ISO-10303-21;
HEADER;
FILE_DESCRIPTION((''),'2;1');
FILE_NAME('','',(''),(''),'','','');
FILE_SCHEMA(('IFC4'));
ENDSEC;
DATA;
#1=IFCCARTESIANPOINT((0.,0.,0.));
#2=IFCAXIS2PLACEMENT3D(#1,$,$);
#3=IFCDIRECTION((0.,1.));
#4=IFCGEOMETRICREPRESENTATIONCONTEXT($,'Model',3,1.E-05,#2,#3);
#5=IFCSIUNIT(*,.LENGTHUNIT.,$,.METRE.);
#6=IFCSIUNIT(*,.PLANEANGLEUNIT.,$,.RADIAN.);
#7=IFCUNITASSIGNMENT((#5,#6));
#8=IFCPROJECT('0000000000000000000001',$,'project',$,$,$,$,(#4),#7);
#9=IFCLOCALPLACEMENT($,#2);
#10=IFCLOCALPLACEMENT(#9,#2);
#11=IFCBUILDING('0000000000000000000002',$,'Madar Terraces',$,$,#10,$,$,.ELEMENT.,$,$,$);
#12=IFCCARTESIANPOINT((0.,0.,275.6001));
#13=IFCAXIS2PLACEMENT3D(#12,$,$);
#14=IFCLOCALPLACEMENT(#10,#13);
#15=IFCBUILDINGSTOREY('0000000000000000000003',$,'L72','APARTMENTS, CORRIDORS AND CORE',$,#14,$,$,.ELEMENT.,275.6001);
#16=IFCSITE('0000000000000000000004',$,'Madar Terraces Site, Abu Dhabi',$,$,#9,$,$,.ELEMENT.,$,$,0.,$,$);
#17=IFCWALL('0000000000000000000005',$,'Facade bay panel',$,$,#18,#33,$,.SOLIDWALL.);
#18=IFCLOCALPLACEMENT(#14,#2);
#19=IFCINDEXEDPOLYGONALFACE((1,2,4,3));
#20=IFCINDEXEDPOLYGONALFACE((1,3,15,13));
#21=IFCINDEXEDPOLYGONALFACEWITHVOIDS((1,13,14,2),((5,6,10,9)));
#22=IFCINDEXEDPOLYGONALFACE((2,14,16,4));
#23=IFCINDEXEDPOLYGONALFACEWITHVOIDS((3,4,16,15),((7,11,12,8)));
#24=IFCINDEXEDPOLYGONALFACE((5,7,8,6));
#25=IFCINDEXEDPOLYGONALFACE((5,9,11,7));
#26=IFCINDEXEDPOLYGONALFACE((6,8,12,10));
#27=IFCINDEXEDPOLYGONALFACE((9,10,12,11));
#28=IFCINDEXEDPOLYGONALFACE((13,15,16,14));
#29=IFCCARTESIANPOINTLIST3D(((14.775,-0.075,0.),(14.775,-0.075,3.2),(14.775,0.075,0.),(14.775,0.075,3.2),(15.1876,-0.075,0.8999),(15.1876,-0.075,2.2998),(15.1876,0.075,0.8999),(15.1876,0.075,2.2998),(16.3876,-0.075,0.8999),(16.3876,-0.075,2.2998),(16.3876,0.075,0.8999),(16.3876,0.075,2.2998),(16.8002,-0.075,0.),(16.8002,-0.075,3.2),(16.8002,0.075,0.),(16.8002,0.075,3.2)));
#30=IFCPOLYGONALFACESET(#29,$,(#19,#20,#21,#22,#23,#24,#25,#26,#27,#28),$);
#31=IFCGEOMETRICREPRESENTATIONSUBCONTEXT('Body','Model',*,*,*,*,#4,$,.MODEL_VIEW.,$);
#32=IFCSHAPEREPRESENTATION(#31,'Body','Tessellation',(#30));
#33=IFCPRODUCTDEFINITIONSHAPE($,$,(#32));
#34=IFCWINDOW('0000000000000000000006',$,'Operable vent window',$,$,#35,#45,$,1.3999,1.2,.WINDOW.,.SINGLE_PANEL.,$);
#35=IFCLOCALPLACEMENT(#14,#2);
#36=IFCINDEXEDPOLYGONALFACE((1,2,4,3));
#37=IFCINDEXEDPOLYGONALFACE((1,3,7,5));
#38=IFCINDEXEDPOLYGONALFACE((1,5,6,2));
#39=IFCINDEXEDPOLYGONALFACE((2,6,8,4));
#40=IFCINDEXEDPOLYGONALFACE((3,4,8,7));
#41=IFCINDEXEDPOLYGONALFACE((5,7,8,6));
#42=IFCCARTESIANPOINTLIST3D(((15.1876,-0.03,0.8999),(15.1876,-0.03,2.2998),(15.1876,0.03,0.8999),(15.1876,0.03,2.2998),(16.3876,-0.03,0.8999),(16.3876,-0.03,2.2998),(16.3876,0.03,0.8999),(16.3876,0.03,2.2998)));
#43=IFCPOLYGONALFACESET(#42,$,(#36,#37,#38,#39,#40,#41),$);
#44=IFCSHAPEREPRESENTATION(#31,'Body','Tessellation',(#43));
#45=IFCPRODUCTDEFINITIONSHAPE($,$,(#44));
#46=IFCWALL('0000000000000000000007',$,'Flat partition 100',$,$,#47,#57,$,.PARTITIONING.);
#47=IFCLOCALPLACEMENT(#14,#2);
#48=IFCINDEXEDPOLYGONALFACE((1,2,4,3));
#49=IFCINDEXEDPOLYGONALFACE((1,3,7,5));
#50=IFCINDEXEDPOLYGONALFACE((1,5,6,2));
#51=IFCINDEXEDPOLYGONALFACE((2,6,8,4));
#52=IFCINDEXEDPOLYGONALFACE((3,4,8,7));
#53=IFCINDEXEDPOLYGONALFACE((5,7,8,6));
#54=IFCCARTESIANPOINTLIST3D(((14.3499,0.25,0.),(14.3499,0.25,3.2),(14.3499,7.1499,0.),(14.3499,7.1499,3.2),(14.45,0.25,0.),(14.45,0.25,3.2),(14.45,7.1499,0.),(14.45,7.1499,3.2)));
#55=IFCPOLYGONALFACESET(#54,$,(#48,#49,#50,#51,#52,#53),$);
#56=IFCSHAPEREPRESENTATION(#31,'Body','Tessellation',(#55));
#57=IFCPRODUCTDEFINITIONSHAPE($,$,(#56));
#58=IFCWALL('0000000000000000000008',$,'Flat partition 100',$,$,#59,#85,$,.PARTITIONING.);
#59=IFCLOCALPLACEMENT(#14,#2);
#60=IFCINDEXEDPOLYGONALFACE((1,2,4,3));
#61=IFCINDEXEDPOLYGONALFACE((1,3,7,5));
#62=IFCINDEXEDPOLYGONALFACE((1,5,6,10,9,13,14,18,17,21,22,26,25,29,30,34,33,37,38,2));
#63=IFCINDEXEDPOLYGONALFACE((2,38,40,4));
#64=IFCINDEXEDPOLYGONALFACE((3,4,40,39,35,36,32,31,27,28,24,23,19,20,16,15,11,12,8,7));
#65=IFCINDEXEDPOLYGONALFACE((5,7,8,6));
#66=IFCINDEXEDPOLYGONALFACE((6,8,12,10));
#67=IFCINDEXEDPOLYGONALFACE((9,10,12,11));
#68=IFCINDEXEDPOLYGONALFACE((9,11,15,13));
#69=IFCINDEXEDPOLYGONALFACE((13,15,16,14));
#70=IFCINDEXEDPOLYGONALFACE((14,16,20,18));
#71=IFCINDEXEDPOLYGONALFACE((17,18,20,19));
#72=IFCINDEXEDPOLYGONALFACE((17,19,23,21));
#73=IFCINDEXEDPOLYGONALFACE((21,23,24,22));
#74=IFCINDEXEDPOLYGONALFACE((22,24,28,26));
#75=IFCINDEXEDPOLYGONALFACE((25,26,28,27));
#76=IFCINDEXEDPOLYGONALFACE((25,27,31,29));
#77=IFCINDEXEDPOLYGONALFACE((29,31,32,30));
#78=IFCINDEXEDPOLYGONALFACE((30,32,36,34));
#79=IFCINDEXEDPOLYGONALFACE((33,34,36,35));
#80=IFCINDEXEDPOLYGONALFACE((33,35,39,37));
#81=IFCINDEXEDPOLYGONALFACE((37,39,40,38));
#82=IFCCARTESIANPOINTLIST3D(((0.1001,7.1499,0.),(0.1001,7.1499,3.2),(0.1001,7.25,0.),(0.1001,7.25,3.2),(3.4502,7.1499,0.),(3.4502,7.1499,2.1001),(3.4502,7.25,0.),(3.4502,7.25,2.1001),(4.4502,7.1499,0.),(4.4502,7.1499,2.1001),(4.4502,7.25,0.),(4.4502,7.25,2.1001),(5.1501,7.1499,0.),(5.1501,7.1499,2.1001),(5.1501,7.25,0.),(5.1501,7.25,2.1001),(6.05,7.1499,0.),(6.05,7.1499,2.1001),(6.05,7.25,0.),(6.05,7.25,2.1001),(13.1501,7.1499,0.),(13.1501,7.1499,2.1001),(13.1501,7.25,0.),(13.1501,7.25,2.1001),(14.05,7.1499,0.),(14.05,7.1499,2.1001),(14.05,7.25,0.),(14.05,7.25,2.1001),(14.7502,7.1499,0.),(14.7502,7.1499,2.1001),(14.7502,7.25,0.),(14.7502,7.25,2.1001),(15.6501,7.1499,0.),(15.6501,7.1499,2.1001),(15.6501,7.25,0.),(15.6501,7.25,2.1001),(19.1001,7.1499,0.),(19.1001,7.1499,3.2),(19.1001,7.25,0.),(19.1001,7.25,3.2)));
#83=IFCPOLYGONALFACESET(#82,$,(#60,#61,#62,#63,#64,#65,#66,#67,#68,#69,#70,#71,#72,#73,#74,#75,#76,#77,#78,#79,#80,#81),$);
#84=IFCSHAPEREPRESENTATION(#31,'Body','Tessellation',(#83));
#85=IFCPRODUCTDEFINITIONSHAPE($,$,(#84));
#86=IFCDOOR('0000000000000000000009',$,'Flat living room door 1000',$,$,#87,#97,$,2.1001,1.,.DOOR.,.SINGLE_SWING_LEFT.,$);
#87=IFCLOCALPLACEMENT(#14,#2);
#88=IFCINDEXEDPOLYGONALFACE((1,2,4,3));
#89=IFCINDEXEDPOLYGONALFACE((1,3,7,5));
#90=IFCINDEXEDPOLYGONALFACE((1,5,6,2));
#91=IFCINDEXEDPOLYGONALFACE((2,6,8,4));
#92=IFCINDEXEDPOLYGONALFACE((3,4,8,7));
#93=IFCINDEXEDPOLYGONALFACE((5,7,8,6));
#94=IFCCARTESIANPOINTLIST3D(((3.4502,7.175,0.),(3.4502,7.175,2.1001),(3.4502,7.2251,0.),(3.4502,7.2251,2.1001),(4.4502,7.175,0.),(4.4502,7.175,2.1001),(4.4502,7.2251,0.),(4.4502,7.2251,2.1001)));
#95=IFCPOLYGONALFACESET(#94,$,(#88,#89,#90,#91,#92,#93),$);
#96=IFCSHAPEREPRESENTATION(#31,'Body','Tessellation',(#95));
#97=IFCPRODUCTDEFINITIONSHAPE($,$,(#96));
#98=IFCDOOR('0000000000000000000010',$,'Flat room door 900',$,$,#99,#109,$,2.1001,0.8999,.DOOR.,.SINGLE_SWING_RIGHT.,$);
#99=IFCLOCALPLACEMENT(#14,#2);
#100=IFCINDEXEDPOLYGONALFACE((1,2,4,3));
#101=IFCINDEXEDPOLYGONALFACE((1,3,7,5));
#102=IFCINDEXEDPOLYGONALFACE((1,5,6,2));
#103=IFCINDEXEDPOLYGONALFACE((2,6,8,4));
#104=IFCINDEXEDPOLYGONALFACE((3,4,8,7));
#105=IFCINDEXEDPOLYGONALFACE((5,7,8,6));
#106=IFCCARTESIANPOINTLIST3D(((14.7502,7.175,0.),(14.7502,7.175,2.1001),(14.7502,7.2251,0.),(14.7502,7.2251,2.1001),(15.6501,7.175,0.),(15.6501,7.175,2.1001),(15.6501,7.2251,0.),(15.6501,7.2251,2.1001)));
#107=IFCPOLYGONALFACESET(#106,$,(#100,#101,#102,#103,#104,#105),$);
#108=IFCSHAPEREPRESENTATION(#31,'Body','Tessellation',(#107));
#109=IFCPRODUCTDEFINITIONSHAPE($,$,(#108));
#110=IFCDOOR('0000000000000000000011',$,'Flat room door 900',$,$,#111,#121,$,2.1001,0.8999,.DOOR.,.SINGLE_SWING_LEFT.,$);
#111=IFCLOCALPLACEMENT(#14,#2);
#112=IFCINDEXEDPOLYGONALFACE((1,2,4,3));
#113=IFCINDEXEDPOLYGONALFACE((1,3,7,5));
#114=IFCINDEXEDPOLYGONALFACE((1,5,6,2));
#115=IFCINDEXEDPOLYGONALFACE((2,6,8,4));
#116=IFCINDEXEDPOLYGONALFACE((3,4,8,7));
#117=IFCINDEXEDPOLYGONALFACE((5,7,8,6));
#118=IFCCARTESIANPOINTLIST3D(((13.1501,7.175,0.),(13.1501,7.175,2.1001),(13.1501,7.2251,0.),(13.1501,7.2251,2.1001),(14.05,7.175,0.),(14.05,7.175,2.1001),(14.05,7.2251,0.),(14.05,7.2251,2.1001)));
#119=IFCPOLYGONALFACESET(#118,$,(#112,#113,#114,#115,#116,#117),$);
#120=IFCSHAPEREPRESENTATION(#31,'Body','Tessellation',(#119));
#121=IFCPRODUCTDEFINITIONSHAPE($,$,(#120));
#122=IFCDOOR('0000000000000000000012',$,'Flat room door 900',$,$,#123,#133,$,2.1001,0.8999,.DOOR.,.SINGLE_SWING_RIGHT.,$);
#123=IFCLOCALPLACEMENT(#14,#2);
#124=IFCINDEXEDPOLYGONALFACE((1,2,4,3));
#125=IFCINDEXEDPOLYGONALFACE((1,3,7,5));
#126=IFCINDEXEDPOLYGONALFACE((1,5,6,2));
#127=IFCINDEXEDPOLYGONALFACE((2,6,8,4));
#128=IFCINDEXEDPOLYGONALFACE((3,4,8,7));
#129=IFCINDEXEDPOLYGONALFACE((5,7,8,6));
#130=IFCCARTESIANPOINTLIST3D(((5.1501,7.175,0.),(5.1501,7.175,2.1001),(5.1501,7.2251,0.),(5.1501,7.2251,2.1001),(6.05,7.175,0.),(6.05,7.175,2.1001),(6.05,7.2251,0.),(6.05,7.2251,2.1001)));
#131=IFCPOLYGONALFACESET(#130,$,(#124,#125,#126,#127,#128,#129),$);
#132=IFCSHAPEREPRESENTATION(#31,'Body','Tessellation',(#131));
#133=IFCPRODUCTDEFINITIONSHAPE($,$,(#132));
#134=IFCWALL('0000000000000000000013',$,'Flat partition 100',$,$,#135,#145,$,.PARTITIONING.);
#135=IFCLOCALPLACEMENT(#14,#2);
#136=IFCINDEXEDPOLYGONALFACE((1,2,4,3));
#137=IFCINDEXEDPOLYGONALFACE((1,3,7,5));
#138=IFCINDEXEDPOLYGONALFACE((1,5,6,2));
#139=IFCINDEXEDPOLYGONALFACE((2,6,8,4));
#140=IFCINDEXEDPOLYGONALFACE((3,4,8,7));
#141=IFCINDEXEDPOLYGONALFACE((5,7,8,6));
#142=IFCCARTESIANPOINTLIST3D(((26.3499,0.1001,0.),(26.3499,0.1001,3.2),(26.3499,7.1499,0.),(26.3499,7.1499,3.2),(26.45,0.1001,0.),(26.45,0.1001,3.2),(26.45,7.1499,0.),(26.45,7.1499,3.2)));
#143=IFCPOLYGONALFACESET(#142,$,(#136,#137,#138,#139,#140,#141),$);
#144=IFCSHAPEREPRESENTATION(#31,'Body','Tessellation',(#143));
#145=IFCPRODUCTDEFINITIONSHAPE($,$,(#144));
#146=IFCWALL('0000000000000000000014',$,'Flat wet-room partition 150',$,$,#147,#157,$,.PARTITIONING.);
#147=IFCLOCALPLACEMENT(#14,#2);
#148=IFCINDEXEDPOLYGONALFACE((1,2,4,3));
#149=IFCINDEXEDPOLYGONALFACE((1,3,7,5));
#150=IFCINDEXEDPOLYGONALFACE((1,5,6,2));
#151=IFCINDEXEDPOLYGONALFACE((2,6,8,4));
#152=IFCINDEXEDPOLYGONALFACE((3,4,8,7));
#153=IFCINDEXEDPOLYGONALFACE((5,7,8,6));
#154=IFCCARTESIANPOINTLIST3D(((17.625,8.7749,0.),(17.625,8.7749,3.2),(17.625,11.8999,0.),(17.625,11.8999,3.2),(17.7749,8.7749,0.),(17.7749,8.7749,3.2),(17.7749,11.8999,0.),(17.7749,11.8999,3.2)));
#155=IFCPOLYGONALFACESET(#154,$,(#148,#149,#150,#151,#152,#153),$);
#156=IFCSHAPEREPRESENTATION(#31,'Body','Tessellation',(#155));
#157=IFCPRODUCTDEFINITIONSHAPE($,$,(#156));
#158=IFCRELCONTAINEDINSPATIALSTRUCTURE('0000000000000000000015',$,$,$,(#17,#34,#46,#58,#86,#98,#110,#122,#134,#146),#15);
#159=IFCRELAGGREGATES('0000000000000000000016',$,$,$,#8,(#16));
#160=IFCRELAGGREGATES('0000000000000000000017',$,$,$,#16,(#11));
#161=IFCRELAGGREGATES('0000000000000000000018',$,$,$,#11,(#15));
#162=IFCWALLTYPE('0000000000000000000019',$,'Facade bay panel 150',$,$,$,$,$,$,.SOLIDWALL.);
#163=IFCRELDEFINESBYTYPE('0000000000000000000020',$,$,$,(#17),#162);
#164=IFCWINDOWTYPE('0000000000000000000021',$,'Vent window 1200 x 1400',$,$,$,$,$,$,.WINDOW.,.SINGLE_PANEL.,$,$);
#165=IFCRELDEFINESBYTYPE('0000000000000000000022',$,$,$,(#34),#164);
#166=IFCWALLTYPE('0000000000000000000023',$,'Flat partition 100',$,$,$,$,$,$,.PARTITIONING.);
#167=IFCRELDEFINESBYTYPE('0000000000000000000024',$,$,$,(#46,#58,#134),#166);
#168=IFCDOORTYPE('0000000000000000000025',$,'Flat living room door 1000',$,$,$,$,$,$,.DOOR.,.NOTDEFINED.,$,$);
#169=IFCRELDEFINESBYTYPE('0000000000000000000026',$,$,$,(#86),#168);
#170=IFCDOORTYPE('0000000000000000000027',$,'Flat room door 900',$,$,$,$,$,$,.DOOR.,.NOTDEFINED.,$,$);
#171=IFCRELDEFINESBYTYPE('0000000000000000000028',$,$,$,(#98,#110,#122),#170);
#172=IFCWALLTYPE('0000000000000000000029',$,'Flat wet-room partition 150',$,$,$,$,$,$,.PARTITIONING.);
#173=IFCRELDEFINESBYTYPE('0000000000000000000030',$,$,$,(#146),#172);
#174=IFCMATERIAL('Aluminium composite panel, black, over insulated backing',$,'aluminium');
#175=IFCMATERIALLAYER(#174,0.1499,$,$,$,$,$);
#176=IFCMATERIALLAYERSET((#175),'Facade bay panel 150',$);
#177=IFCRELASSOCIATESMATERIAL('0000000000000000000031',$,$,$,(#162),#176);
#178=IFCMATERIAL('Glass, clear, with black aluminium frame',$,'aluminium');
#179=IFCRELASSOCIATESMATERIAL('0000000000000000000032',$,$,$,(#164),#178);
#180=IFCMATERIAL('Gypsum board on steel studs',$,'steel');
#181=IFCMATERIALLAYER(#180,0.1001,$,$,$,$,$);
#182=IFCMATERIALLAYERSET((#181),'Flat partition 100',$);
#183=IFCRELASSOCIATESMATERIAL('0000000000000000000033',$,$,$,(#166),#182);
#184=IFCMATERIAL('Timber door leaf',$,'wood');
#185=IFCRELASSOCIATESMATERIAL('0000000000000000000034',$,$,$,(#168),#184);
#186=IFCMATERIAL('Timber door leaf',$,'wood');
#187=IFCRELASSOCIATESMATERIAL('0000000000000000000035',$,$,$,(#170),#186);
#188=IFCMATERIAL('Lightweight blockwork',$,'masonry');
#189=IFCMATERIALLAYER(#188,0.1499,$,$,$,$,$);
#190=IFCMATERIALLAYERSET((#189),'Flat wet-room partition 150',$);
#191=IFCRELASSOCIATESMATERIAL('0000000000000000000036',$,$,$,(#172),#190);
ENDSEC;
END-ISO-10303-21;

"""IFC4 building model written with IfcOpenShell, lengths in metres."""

from ifc_helpers import new_model, si_unit, direction, frame, frame_2d, origin, place, context, subcontext, project, spatial, rectangle, extrude, material, layer, layer_set, type_object, element, fill, save


model = new_model("IFC4")

# Units and contexts
model_context = context("Model", 3, precision=1e-05, world=origin(), true_north=direction((0.0, 1.0)))
body_context = subcontext(model_context, "Body", "Model", "MODEL_VIEW")
ifc_project = project(units=[si_unit("LENGTHUNIT", "METRE"), si_unit("PLANEANGLEUNIT", "RADIAN")], contexts=[model_context])

# Site, building, storey
site_placement = place(None, origin())
site = spatial("IfcSite", under=ifc_project, at=site_placement, Name="Madar Terraces Site, Abu Dhabi", CompositionType="ELEMENT", RefElevation=0.0)
building_placement = place(site_placement, origin())
building = spatial("IfcBuilding", under=site, at=building_placement, Name="Madar Terraces", CompositionType="ELEMENT")
storey_placement = place(building_placement, frame((0.0, 0.0, 275.6001)))
storey = spatial("IfcBuildingStorey", under=building, at=storey_placement, Name="L72", Description="APARTMENTS, CORRIDORS AND CORE", CompositionType="ELEMENT", Elevation=275.6001)

# Wall, opening, window
ifc_material_1 = material(Name="Aluminium composite panel, black, over insulated backing", Category="aluminium")
ifc_layer_1 = layer(ifc_material_1, 0.1499)
ifc_layer_set_1 = layer_set([ifc_layer_1], Name="Facade bay panel 150")
wall_type_1 = type_object("IfcWallType", Name="Facade bay panel 150", PredefinedType="SOLIDWALL", material=ifc_layer_set_1)
ifc_material_2 = material(Name="Glass, clear, with black aluminium frame", Category="aluminium")
window_type = type_object("IfcWindowType", Name="Vent window 1200 x 1400", PartitioningType="SINGLE_PANEL", PredefinedType="WINDOW", material=ifc_material_2)
wall_1_placement = place(storey_placement, frame((14.7749, 0.0, 0.0), z_axis=(0.0, 0.0, 1.0), x_axis=(1.0, 0.0, 0.0)))
wall_1 = element("IfcWall", 1, at=wall_1_placement, inside=storey, type_object=wall_type_1, Name="Facade bay panel", PredefinedType="SOLIDWALL", context=body_context, shape_type="SweptSolid", body=[
    extrude(rectangle(XDim=2.0251, YDim=0.1499, at=frame_2d((1.0127, 0.0))), origin(), (0.0, 0.0, 1.0), 3.2),
])
opening_1_placement = place(wall_1_placement, frame((0.4126, 0.0, 0.8999)))
opening_1 = element("IfcOpeningElement", 2, at=opening_1_placement, cuts=wall_1, PredefinedType="OPENING", context=body_context, shape_type="SweptSolid", body=[
    extrude(rectangle(XDim=1.2, YDim=1.3999, at=frame_2d((0.6001, 0.7))), frame((0.0, 0.085, 0.0), z_axis=(0.0, -1.0, 0.0), x_axis=(1.0, 0.0, 0.0)), (0.0, 0.0, 1.0), 0.1699),
])
window_1_placement = place(opening_1_placement, origin())
window_1 = element("IfcWindow", 3, at=window_1_placement, inside=storey, type_object=window_type, Name="Operable vent window", OverallHeight=1.3999, OverallWidth=1.2, PartitioningType="SINGLE_PANEL", PredefinedType="WINDOW", context=body_context, shape_type="SweptSolid", body=[
    extrude(rectangle(XDim=1.2, YDim=1.3999, at=frame_2d((0.6001, 0.7))), frame((0.0, 0.03, 0.0), z_axis=(0.0, -1.0, 0.0), x_axis=(1.0, 0.0, 0.0)), (0.0, 0.0, 1.0), 0.0601),
])
fill(opening_1, window_1)

# Wall
ifc_material_3 = material(Name="Gypsum board on steel studs", Category="steel")
ifc_layer_2 = layer(ifc_material_3, 0.1001)
ifc_layer_set_2 = layer_set([ifc_layer_2], Name="Flat partition 100")
wall_type_2 = type_object("IfcWallType", Name="Flat partition 100", PredefinedType="PARTITIONING", material=ifc_layer_set_2)
wall_2_placement = place(storey_placement, frame((14.3999, 7.1499, 0.0), z_axis=(0.0, 0.0, 1.0), x_axis=(0.0, -1.0, 0.0)))
element("IfcWall", 4, at=wall_2_placement, inside=storey, type_object=wall_type_2, Name="Flat partition 100", PredefinedType="PARTITIONING", context=body_context, shape_type="SweptSolid", body=[
    extrude(rectangle(XDim=6.8999, YDim=0.1001, at=frame_2d((3.45, 0.0))), origin(), (0.0, 0.0, 1.0), 3.2),
])

# Wall, openings, doors
wall_3_placement = place(storey_placement, frame((19.1001, 7.2, 0.0), z_axis=(0.0, 0.0, 1.0), x_axis=(-1.0, 0.0, 0.0)))
wall_3 = element("IfcWall", 5, at=wall_3_placement, inside=storey, type_object=wall_type_2, Name="Flat partition 100", PredefinedType="PARTITIONING", context=body_context, shape_type="SweptSolid", body=[
    extrude(rectangle(XDim=19.0, YDim=0.1001, at=frame_2d((9.5, 0.0))), origin(), (0.0, 0.0, 1.0), 3.2),
])
opening_2_placement = place(wall_3_placement, frame((3.45, 0.0, 0.0)))
opening_2 = element("IfcOpeningElement", 6, at=opening_2_placement, cuts=wall_3, PredefinedType="OPENING", context=body_context, shape_type="SweptSolid", body=[
    extrude(rectangle(XDim=0.8999, YDim=2.1001, at=frame_2d((0.45, 1.05))), frame((0.0, 0.0601, 0.0), z_axis=(0.0, -1.0, 0.0), x_axis=(1.0, 0.0, 0.0)), (0.0, 0.0, 1.0), 0.1201),
])
opening_3_placement = place(wall_3_placement, frame((5.05, 0.0, 0.0)))
opening_3 = element("IfcOpeningElement", 7, at=opening_3_placement, cuts=wall_3, PredefinedType="OPENING", context=body_context, shape_type="SweptSolid", body=[
    extrude(rectangle(XDim=0.8999, YDim=2.1001, at=frame_2d((0.45, 1.05))), frame((0.0, 0.0601, 0.0), z_axis=(0.0, -1.0, 0.0), x_axis=(1.0, 0.0, 0.0)), (0.0, 0.0, 1.0), 0.1201),
])
opening_4_placement = place(wall_3_placement, frame((13.05, 0.0, 0.0)))
opening_4 = element("IfcOpeningElement", 8, at=opening_4_placement, cuts=wall_3, PredefinedType="OPENING", context=body_context, shape_type="SweptSolid", body=[
    extrude(rectangle(XDim=0.8999, YDim=2.1001, at=frame_2d((0.45, 1.05))), frame((0.0, 0.0601, 0.0), z_axis=(0.0, -1.0, 0.0), x_axis=(1.0, 0.0, 0.0)), (0.0, 0.0, 1.0), 0.1201),
])
opening_5_placement = place(wall_3_placement, frame((14.6499, 0.0, 0.0)))
opening_5 = element("IfcOpeningElement", 9, at=opening_5_placement, cuts=wall_3, PredefinedType="OPENING", context=body_context, shape_type="SweptSolid", body=[
    extrude(rectangle(XDim=1.0, YDim=2.1001, at=frame_2d((0.5, 1.05))), frame((0.0, 0.0601, 0.0), z_axis=(0.0, -1.0, 0.0), x_axis=(1.0, 0.0, 0.0)), (0.0, 0.0, 1.0), 0.1201),
])
ifc_material_4 = material(Name="Timber door leaf", Category="wood")
door_type_1 = type_object("IfcDoorType", Name="Flat living room door 1000", OperationType="NOTDEFINED", PredefinedType="DOOR", material=ifc_material_4)
door_1_placement = place(opening_5_placement, origin())
door_1 = element("IfcDoor", 10, at=door_1_placement, inside=storey, type_object=door_type_1, Name="Flat living room door 1000", OperationType="SINGLE_SWING_LEFT", OverallHeight=2.1001, OverallWidth=1.0, PredefinedType="DOOR", context=body_context, shape_type="SweptSolid", body=[
    extrude(rectangle(XDim=1.0, YDim=2.1001, at=frame_2d((0.5, 1.05))), frame((0.0, 0.0249, 0.0), z_axis=(0.0, -1.0, 0.0), x_axis=(1.0, 0.0, 0.0)), (0.0, 0.0, 1.0), 0.05),
])
fill(opening_5, door_1)
ifc_material_5 = material(Name="Timber door leaf", Category="wood")
door_type_2 = type_object("IfcDoorType", Name="Flat room door 900", OperationType="NOTDEFINED", PredefinedType="DOOR", material=ifc_material_5)
door_2_placement = place(opening_2_placement, origin())
door_2 = element("IfcDoor", 11, at=door_2_placement, inside=storey, type_object=door_type_2, Name="Flat room door 900", OperationType="SINGLE_SWING_RIGHT", OverallHeight=2.1001, OverallWidth=0.8999, PredefinedType="DOOR", context=body_context, shape_type="SweptSolid", body=[
    extrude(rectangle(XDim=0.8999, YDim=2.1001, at=frame_2d((0.45, 1.05))), frame((0.0, 0.0249, 0.0), z_axis=(0.0, -1.0, 0.0), x_axis=(1.0, 0.0, 0.0)), (0.0, 0.0, 1.0), 0.05),
])
fill(opening_2, door_2)
door_3_placement = place(opening_3_placement, origin())
door_3 = element("IfcDoor", 12, at=door_3_placement, inside=storey, type_object=door_type_2, Name="Flat room door 900", OperationType="SINGLE_SWING_LEFT", OverallHeight=2.1001, OverallWidth=0.8999, PredefinedType="DOOR", context=body_context, shape_type="SweptSolid", body=[
    extrude(rectangle(XDim=0.8999, YDim=2.1001, at=frame_2d((0.45, 1.05))), frame((0.0, 0.0249, 0.0), z_axis=(0.0, -1.0, 0.0), x_axis=(1.0, 0.0, 0.0)), (0.0, 0.0, 1.0), 0.05),
])
fill(opening_3, door_3)
door_4_placement = place(opening_4_placement, origin())
door_4 = element("IfcDoor", 13, at=door_4_placement, inside=storey, type_object=door_type_2, Name="Flat room door 900", OperationType="SINGLE_SWING_RIGHT", OverallHeight=2.1001, OverallWidth=0.8999, PredefinedType="DOOR", context=body_context, shape_type="SweptSolid", body=[
    extrude(rectangle(XDim=0.8999, YDim=2.1001, at=frame_2d((0.45, 1.05))), frame((0.0, 0.0249, 0.0), z_axis=(0.0, -1.0, 0.0), x_axis=(1.0, 0.0, 0.0)), (0.0, 0.0, 1.0), 0.05),
])
fill(opening_4, door_4)

# Walls
wall_4_placement = place(storey_placement, frame((26.3999, 7.1499, 0.0), z_axis=(0.0, 0.0, 1.0), x_axis=(0.0, -1.0, 0.0)))
element("IfcWall", 14, at=wall_4_placement, inside=storey, type_object=wall_type_2, Name="Flat partition 100", PredefinedType="PARTITIONING", context=body_context, shape_type="SweptSolid", body=[
    extrude(rectangle(XDim=7.0498, YDim=0.1001, at=frame_2d((3.5249, 0.0))), origin(), (0.0, 0.0, 1.0), 3.2),
])
ifc_material_6 = material(Name="Lightweight blockwork", Category="masonry")
ifc_layer_3 = layer(ifc_material_6, 0.1499)
ifc_layer_set_3 = layer_set([ifc_layer_3], Name="Flat wet-room partition 150")
wall_type_3 = type_object("IfcWallType", Name="Flat wet-room partition 150", PredefinedType="PARTITIONING", material=ifc_layer_set_3)
wall_5_placement = place(storey_placement, frame((17.7, 11.8999, 0.0), z_axis=(0.0, 0.0, 1.0), x_axis=(0.0, -1.0, 0.0)))
element("IfcWall", 15, at=wall_5_placement, inside=storey, type_object=wall_type_3, Name="Flat wet-room partition 150", PredefinedType="PARTITIONING", context=body_context, shape_type="SweptSolid", body=[
    extrude(rectangle(XDim=3.125, YDim=0.1499, at=frame_2d((1.5625, 0.0))), origin(), (0.0, 0.0, 1.0), 3.2),
])

save(model, "model.ifc")
